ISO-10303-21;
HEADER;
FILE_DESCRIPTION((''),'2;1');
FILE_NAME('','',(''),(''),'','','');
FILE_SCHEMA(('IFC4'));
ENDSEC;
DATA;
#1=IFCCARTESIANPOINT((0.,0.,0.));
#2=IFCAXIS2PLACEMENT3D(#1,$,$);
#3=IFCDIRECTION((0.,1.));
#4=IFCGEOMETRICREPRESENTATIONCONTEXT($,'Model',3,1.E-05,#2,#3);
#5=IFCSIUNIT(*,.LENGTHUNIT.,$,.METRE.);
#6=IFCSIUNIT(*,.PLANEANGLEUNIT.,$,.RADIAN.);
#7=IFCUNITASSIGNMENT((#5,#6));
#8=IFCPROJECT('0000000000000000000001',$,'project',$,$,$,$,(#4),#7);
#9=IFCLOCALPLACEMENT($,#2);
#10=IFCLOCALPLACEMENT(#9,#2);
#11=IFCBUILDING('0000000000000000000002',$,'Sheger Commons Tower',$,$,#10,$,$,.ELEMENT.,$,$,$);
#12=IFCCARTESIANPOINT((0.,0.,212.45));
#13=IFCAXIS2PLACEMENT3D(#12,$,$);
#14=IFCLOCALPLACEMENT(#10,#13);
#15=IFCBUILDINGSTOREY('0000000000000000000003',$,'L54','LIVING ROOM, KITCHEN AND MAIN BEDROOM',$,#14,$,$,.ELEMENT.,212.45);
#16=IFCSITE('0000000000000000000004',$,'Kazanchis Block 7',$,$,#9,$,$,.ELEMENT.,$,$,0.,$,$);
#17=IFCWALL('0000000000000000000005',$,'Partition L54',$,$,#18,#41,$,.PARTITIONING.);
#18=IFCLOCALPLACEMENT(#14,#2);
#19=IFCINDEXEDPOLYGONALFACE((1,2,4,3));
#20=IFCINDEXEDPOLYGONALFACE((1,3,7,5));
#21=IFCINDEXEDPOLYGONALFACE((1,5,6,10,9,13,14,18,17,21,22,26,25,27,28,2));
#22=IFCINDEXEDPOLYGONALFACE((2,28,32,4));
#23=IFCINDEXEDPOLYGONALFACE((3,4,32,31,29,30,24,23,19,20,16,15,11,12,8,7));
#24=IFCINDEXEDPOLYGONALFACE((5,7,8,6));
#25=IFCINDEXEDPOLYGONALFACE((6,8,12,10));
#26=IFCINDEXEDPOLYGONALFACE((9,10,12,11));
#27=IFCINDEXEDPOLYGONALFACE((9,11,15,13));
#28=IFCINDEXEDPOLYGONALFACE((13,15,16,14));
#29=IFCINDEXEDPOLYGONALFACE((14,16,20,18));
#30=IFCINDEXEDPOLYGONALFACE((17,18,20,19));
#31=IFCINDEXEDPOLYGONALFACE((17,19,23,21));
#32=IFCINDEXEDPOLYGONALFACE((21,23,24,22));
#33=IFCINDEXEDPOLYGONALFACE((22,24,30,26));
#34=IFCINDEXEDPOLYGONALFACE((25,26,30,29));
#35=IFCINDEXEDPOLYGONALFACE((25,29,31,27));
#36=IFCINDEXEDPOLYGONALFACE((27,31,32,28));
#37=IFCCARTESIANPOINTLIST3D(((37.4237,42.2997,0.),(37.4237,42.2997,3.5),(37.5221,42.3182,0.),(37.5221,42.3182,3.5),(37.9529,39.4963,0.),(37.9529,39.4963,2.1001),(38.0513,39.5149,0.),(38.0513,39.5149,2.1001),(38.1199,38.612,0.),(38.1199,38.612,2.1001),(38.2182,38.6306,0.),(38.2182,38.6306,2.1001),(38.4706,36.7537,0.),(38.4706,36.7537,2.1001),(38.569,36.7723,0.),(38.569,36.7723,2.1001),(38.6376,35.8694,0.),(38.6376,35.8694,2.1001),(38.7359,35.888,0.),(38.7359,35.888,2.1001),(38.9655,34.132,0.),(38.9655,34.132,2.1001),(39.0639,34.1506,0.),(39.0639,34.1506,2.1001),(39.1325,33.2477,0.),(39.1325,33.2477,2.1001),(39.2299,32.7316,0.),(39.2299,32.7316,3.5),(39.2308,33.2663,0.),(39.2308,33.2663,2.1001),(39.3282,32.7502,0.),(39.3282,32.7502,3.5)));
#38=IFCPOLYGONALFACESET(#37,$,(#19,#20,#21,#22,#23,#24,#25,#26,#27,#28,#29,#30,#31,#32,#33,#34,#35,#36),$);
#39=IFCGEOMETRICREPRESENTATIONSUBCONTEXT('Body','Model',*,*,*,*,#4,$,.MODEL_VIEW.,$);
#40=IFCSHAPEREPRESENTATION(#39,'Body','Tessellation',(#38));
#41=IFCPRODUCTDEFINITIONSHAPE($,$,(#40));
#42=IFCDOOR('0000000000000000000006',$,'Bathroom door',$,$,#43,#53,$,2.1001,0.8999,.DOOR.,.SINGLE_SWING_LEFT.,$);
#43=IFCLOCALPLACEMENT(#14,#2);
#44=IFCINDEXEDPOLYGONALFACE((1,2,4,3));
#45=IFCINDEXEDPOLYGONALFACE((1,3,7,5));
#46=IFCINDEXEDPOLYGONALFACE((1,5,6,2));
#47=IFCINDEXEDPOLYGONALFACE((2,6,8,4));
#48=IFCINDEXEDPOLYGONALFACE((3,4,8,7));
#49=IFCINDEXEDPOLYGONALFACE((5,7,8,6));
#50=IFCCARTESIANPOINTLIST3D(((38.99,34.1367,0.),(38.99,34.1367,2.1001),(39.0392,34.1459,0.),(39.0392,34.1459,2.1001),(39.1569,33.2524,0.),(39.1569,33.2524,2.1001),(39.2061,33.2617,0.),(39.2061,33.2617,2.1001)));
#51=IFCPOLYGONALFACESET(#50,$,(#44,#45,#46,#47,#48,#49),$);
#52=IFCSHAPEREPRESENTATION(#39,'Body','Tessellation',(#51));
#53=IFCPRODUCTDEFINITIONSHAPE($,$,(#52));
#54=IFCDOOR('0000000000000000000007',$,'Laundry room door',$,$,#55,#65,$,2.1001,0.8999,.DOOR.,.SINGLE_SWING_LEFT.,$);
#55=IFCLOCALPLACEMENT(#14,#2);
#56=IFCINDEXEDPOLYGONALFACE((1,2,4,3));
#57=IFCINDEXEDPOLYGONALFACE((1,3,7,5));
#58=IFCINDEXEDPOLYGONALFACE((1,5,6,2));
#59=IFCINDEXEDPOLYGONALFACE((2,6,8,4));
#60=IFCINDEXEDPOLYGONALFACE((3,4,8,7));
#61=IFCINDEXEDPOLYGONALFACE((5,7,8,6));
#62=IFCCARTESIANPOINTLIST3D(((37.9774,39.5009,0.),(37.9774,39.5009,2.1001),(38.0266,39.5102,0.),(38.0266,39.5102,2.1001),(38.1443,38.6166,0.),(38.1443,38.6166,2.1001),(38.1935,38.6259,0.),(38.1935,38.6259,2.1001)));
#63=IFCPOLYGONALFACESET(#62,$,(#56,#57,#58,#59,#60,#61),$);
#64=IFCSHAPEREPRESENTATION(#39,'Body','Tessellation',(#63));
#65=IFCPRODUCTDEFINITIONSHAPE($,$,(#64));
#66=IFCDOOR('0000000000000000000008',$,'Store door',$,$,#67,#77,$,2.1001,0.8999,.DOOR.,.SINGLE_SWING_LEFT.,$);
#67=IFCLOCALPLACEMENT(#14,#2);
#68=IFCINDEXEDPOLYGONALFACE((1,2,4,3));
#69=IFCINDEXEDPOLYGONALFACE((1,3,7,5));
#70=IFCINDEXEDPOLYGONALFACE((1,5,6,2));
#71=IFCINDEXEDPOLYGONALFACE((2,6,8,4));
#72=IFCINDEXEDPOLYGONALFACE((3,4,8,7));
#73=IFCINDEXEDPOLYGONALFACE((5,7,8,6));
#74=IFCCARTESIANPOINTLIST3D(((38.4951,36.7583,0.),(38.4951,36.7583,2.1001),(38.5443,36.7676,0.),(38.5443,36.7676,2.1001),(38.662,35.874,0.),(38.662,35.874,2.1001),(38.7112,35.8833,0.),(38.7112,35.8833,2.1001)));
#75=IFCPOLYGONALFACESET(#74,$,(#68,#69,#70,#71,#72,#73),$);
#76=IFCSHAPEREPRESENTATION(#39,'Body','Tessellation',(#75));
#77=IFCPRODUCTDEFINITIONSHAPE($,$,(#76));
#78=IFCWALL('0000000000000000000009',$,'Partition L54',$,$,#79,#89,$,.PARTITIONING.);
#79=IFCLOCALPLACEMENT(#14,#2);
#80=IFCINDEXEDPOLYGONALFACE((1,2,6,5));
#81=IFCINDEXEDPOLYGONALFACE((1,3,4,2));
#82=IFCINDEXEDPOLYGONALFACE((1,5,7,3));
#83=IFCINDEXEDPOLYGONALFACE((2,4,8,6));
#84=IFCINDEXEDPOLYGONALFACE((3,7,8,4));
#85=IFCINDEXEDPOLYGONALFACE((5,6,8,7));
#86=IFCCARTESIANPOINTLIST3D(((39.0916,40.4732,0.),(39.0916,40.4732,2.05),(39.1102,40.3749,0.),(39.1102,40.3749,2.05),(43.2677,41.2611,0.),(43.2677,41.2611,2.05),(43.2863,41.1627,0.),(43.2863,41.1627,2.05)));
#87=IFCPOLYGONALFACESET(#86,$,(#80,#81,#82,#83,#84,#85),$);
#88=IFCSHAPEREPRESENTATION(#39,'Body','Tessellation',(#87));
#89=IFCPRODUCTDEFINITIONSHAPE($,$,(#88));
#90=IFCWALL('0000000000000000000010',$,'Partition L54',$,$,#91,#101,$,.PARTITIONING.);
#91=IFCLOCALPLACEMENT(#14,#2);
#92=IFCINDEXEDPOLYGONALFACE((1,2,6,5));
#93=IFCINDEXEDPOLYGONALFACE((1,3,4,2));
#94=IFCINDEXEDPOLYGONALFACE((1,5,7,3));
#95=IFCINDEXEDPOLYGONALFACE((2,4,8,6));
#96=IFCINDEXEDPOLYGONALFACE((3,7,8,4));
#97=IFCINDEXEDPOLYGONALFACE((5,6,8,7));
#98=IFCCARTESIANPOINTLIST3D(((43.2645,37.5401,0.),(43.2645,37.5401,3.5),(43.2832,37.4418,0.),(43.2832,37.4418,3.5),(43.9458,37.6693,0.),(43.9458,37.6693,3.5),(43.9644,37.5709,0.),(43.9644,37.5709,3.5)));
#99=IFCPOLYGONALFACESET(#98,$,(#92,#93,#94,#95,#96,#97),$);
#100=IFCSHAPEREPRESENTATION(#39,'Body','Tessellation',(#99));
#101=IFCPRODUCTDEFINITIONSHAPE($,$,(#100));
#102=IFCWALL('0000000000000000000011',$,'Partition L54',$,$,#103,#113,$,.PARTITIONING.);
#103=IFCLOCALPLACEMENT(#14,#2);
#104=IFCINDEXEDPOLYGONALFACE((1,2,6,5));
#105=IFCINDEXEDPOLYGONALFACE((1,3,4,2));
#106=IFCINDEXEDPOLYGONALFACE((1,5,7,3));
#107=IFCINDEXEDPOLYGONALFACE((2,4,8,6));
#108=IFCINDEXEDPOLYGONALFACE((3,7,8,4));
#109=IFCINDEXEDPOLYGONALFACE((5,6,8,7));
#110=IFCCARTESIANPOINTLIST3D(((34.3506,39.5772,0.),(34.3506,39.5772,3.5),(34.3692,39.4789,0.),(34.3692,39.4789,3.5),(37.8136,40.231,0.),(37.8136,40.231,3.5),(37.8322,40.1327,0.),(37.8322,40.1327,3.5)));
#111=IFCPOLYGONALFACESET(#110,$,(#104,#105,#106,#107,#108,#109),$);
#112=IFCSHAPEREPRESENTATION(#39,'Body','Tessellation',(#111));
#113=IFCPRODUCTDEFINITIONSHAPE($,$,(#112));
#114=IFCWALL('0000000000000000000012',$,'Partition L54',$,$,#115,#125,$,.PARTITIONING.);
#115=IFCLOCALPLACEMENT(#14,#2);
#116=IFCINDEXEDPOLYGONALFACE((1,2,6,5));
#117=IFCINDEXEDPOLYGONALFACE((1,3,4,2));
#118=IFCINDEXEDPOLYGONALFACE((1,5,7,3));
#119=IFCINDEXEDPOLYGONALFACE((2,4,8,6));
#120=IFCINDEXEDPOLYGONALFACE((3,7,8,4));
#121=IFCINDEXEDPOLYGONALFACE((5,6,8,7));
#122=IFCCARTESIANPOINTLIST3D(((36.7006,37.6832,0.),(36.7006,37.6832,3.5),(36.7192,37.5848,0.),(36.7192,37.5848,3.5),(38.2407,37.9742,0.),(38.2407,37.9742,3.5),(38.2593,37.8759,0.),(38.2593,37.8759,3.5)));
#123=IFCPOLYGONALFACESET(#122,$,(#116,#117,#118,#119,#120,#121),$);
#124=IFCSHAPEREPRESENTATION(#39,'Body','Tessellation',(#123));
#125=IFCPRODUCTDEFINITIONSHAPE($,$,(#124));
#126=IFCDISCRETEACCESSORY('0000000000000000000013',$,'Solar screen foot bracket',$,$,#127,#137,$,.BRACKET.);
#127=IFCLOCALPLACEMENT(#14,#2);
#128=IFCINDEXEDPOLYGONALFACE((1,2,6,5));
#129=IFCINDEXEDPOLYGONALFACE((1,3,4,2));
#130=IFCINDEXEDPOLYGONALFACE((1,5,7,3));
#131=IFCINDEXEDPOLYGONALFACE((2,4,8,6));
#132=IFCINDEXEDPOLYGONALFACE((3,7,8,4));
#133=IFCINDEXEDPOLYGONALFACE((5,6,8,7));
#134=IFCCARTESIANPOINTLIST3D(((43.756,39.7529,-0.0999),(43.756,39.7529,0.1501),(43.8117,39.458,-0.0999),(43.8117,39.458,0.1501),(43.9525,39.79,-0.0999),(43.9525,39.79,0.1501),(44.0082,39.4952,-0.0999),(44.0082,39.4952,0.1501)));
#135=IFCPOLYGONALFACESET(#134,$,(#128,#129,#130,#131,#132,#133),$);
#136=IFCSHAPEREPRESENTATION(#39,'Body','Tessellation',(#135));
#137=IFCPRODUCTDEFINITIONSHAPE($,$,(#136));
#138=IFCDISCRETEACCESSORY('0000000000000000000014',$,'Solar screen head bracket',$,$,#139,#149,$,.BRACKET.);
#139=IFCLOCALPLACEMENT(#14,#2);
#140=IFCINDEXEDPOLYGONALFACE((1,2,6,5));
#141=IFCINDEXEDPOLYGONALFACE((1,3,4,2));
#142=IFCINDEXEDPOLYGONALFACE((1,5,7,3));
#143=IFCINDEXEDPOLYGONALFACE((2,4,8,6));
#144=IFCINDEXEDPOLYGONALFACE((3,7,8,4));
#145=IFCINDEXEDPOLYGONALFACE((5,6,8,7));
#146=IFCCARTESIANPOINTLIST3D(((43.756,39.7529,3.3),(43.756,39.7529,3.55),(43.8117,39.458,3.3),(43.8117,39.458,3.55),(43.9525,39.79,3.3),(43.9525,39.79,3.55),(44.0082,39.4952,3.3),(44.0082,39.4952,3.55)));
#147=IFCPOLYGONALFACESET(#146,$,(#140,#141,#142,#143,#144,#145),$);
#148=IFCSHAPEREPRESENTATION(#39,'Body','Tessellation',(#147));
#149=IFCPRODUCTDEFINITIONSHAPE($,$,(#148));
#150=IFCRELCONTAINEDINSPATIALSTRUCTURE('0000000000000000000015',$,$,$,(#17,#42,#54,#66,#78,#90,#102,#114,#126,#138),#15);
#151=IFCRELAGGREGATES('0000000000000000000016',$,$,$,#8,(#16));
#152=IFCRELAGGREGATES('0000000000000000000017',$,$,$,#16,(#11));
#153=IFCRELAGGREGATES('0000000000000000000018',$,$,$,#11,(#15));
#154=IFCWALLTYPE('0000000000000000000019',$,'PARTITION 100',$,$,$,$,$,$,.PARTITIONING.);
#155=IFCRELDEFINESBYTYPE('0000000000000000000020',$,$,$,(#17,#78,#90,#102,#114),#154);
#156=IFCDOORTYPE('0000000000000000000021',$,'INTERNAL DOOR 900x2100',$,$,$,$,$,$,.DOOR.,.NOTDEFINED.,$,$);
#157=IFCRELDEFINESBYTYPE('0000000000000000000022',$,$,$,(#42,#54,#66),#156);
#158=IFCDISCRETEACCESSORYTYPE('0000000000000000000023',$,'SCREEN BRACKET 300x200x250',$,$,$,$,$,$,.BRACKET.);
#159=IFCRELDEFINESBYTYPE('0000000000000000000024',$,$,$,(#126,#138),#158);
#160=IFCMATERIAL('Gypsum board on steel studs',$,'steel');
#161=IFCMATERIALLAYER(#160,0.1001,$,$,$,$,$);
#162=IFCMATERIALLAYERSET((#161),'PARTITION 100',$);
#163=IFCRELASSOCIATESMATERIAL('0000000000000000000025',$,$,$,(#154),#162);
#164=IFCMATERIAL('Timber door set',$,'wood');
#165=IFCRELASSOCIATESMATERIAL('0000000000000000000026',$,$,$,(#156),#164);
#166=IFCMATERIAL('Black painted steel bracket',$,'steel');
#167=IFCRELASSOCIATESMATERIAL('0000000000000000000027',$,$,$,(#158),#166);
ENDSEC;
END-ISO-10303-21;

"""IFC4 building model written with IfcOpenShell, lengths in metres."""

from ifc_helpers import new_model, si_unit, direction, frame, frame_2d, origin, origin_2d, place, context, subcontext, project, spatial, rectangle, extrude, material, layer, layer_set, type_object, element, fill, save


model = new_model("IFC4")

# Units and contexts
model_context = context("Model", 3, precision=1e-05, world=origin(), true_north=direction((0.0, 1.0)))
body_context = subcontext(model_context, "Body", "Model", "MODEL_VIEW")
ifc_project = project(units=[si_unit("LENGTHUNIT", "METRE"), si_unit("PLANEANGLEUNIT", "RADIAN")], contexts=[model_context])

# Site, building, storey
site_placement = place(None, origin())
site = spatial("IfcSite", under=ifc_project, at=site_placement, Name="Kazanchis Block 7", CompositionType="ELEMENT", RefElevation=0.0)
building_placement = place(site_placement, origin())
building = spatial("IfcBuilding", under=site, at=building_placement, Name="Sheger Commons Tower", CompositionType="ELEMENT")
storey_placement = place(building_placement, frame((0.0, 0.0, 212.45)))
storey = spatial("IfcBuildingStorey", under=building, at=storey_placement, Name="L54", Description="LIVING ROOM, KITCHEN AND MAIN BEDROOM", CompositionType="ELEMENT", Elevation=212.45)

# Shared definitions
ifc_material_1 = material(Name="Gypsum board on steel studs", Category="steel")
ifc_layer_1 = layer(ifc_material_1, 0.1001)
ifc_layer_set_1 = layer_set([ifc_layer_1], Name="PARTITION 100")
wall_type_1 = type_object("IfcWallType", Name="PARTITION 100", PredefinedType="PARTITIONING", material=ifc_layer_set_1)

# Wall, openings, doors
ifc_material_2 = material(Name="Timber door set", Category="wood")
door_type = type_object("IfcDoorType", Name="INTERNAL DOOR 900x2100", OperationType="NOTDEFINED", PredefinedType="DOOR", material=ifc_material_2)
wall_1_placement = place(storey_placement, frame((37.4729, 42.3091, 0.0), z_axis=(0.0, 0.0, 1.0), x_axis=(0.185492, -0.982646, 0.0)))
wall_1 = element("IfcWall", 1, at=wall_1_placement, inside=storey, type_object=wall_type_1, Name="Partition L54", PredefinedType="PARTITIONING", context=body_context, shape_type="SweptSolid", body=[
    extrude(rectangle(XDim=9.7371, YDim=0.1001, at=frame_2d((4.8687, 0.0))), origin(), (0.0, 0.0, 1.0), 3.5),
])
opening_1_placement = place(wall_1_placement, frame((8.312, 0.0, 0.0)))
opening_1 = element("IfcOpeningElement", 2, at=opening_1_placement, cuts=wall_1, PredefinedType="OPENING", context=body_context, shape_type="SweptSolid", body=[
    extrude(rectangle(XDim=0.8999, YDim=2.1001, at=frame_2d((0.45, 1.05))), frame((0.0, 0.0601, 0.0), z_axis=(0.0, -1.0, 0.0), x_axis=(1.0, 0.0, 0.0)), (0.0, 0.0, 1.0), 0.1201),
])
opening_2_placement = place(wall_1_placement, frame((2.853, 0.0, 0.0)))
opening_2 = element("IfcOpeningElement", 3, at=opening_2_placement, cuts=wall_1, PredefinedType="OPENING", context=body_context, shape_type="SweptSolid", body=[
    extrude(rectangle(XDim=0.8999, YDim=2.1001, at=frame_2d((0.45, 1.05))), frame((0.0, 0.0601, 0.0), z_axis=(0.0, -1.0, 0.0), x_axis=(1.0, 0.0, 0.0)), (0.0, 0.0, 1.0), 0.1201),
])
opening_3_placement = place(wall_1_placement, frame((5.644, 0.0, 0.0)))
opening_3 = element("IfcOpeningElement", 4, at=opening_3_placement, cuts=wall_1, PredefinedType="OPENING", context=body_context, shape_type="SweptSolid", body=[
    extrude(rectangle(XDim=0.8999, YDim=2.1001, at=frame_2d((0.45, 1.05))), frame((0.0, 0.0601, 0.0), z_axis=(0.0, -1.0, 0.0), x_axis=(1.0, 0.0, 0.0)), (0.0, 0.0, 1.0), 0.1201),
])
door_1_placement = place(opening_1_placement, origin())
door_1 = element("IfcDoor", 5, at=door_1_placement, inside=storey, type_object=door_type, Name="Bathroom door", OperationType="SINGLE_SWING_LEFT", OverallHeight=2.1001, OverallWidth=0.8999, PredefinedType="DOOR", context=body_context, shape_type="SweptSolid", body=[
    extrude(rectangle(XDim=0.8999, YDim=2.1001, at=frame_2d((0.45, 1.05))), frame((0.0, 0.0249, 0.0), z_axis=(0.0, -1.0, 0.0), x_axis=(1.0, 0.0, 0.0)), (0.0, 0.0, 1.0), 0.05),
])
fill(opening_1, door_1)
door_2_placement = place(opening_2_placement, origin())
door_2 = element("IfcDoor", 6, at=door_2_placement, inside=storey, type_object=door_type, Name="Laundry room door", OperationType="SINGLE_SWING_LEFT", OverallHeight=2.1001, OverallWidth=0.8999, PredefinedType="DOOR", context=body_context, shape_type="SweptSolid", body=[
    extrude(rectangle(XDim=0.8999, YDim=2.1001, at=frame_2d((0.45, 1.05))), frame((0.0, 0.0249, 0.0), z_axis=(0.0, -1.0, 0.0), x_axis=(1.0, 0.0, 0.0)), (0.0, 0.0, 1.0), 0.05),
])
fill(opening_2, door_2)
door_3_placement = place(opening_3_placement, origin())
door_3 = element("IfcDoor", 7, at=door_3_placement, inside=storey, type_object=door_type, Name="Store door", OperationType="SINGLE_SWING_LEFT", OverallHeight=2.1001, OverallWidth=0.8999, PredefinedType="DOOR", context=body_context, shape_type="SweptSolid", body=[
    extrude(rectangle(XDim=0.8999, YDim=2.1001, at=frame_2d((0.45, 1.05))), frame((0.0, 0.0249, 0.0), z_axis=(0.0, -1.0, 0.0), x_axis=(1.0, 0.0, 0.0)), (0.0, 0.0, 1.0), 0.05),
])
fill(opening_3, door_3)

# Walls
wall_2_placement = place(storey_placement, frame((43.2771, 41.2119, 0.0), z_axis=(0.0, 0.0, 1.0), x_axis=(-0.982665, -0.185388, 0.0)))
element("IfcWall", 8, at=wall_2_placement, inside=storey, type_object=wall_type_1, Name="Partition L54", PredefinedType="PARTITIONING", context=body_context, shape_type="SweptSolid", body=[
    extrude(rectangle(XDim=4.2498, YDim=0.1001, at=frame_2d((2.125, 0.0))), origin(), (0.0, 0.0, 1.0), 2.05),
])
wall_3_placement = place(storey_placement, frame((43.9551, 37.6201, 0.0), z_axis=(0.0, 0.0, 1.0), x_axis=(-0.982495, -0.186287, 0.0)))
element("IfcWall", 9, at=wall_3_placement, inside=storey, type_object=wall_type_1, Name="Partition L54", PredefinedType="PARTITIONING", context=body_context, shape_type="SweptSolid", body=[
    extrude(rectangle(XDim=0.6934, YDim=0.1001, at=frame_2d((0.3467, 0.0))), origin(), (0.0, 0.0, 1.0), 3.5),
])
wall_4_placement = place(storey_placement, frame((37.823, 40.1819, 0.0), z_axis=(0.0, 0.0, 1.0), x_axis=(-0.982639, -0.185527, 0.0)))
element("IfcWall", 10, at=wall_4_placement, inside=storey, type_object=wall_type_1, Name="Partition L54", PredefinedType="PARTITIONING", context=body_context, shape_type="SweptSolid", body=[
    extrude(rectangle(XDim=3.5242, YDim=0.1001, at=frame_2d((1.7622, 0.0))), origin(), (0.0, 0.0, 1.0), 3.5),
])
wall_5_placement = place(storey_placement, frame((38.25, 37.925, 0.0), z_axis=(0.0, 0.0, 1.0), x_axis=(-0.98261, -0.18568, 0.0)))
element("IfcWall", 11, at=wall_5_placement, inside=storey, type_object=wall_type_1, Name="Partition L54", PredefinedType="PARTITIONING", context=body_context, shape_type="SweptSolid", body=[
    extrude(rectangle(XDim=1.5674, YDim=0.1001, at=frame_2d((0.7837, 0.0))), origin(), (0.0, 0.0, 1.0), 3.5),
])

# Discrete accessories
ifc_material_3 = material(Name="Black painted steel bracket", Category="steel")
discrete_accessory_type = type_object("IfcDiscreteAccessoryType", Name="SCREEN BRACKET 300x200x250", PredefinedType="BRACKET", material=ifc_material_3)
for number, where, z_axis, x_axis, name in (
    (12, (43.8821, 39.624, -0.0999), (0.0, 0.0, 1.0), (-0.185615, 0.982623, 0.0), "Solar screen foot bracket"),
    (13, (43.8821, 39.624, 3.3), (0.0, 0.0, 1.0), (-0.185615, 0.982623, 0.0), "Solar screen head bracket"),
):
    element("IfcDiscreteAccessory", number, at=place(storey_placement, frame(where, z_axis=z_axis, x_axis=x_axis)), inside=storey, type_object=discrete_accessory_type, Name=name, PredefinedType="BRACKET", context=body_context, shape_type="SweptSolid", body=[
        extrude(rectangle(XDim=0.3, YDim=0.2, at=origin_2d()), origin(), (0.0, 0.0, 1.0), 0.25),
    ])

save(model, "model.ifc")
